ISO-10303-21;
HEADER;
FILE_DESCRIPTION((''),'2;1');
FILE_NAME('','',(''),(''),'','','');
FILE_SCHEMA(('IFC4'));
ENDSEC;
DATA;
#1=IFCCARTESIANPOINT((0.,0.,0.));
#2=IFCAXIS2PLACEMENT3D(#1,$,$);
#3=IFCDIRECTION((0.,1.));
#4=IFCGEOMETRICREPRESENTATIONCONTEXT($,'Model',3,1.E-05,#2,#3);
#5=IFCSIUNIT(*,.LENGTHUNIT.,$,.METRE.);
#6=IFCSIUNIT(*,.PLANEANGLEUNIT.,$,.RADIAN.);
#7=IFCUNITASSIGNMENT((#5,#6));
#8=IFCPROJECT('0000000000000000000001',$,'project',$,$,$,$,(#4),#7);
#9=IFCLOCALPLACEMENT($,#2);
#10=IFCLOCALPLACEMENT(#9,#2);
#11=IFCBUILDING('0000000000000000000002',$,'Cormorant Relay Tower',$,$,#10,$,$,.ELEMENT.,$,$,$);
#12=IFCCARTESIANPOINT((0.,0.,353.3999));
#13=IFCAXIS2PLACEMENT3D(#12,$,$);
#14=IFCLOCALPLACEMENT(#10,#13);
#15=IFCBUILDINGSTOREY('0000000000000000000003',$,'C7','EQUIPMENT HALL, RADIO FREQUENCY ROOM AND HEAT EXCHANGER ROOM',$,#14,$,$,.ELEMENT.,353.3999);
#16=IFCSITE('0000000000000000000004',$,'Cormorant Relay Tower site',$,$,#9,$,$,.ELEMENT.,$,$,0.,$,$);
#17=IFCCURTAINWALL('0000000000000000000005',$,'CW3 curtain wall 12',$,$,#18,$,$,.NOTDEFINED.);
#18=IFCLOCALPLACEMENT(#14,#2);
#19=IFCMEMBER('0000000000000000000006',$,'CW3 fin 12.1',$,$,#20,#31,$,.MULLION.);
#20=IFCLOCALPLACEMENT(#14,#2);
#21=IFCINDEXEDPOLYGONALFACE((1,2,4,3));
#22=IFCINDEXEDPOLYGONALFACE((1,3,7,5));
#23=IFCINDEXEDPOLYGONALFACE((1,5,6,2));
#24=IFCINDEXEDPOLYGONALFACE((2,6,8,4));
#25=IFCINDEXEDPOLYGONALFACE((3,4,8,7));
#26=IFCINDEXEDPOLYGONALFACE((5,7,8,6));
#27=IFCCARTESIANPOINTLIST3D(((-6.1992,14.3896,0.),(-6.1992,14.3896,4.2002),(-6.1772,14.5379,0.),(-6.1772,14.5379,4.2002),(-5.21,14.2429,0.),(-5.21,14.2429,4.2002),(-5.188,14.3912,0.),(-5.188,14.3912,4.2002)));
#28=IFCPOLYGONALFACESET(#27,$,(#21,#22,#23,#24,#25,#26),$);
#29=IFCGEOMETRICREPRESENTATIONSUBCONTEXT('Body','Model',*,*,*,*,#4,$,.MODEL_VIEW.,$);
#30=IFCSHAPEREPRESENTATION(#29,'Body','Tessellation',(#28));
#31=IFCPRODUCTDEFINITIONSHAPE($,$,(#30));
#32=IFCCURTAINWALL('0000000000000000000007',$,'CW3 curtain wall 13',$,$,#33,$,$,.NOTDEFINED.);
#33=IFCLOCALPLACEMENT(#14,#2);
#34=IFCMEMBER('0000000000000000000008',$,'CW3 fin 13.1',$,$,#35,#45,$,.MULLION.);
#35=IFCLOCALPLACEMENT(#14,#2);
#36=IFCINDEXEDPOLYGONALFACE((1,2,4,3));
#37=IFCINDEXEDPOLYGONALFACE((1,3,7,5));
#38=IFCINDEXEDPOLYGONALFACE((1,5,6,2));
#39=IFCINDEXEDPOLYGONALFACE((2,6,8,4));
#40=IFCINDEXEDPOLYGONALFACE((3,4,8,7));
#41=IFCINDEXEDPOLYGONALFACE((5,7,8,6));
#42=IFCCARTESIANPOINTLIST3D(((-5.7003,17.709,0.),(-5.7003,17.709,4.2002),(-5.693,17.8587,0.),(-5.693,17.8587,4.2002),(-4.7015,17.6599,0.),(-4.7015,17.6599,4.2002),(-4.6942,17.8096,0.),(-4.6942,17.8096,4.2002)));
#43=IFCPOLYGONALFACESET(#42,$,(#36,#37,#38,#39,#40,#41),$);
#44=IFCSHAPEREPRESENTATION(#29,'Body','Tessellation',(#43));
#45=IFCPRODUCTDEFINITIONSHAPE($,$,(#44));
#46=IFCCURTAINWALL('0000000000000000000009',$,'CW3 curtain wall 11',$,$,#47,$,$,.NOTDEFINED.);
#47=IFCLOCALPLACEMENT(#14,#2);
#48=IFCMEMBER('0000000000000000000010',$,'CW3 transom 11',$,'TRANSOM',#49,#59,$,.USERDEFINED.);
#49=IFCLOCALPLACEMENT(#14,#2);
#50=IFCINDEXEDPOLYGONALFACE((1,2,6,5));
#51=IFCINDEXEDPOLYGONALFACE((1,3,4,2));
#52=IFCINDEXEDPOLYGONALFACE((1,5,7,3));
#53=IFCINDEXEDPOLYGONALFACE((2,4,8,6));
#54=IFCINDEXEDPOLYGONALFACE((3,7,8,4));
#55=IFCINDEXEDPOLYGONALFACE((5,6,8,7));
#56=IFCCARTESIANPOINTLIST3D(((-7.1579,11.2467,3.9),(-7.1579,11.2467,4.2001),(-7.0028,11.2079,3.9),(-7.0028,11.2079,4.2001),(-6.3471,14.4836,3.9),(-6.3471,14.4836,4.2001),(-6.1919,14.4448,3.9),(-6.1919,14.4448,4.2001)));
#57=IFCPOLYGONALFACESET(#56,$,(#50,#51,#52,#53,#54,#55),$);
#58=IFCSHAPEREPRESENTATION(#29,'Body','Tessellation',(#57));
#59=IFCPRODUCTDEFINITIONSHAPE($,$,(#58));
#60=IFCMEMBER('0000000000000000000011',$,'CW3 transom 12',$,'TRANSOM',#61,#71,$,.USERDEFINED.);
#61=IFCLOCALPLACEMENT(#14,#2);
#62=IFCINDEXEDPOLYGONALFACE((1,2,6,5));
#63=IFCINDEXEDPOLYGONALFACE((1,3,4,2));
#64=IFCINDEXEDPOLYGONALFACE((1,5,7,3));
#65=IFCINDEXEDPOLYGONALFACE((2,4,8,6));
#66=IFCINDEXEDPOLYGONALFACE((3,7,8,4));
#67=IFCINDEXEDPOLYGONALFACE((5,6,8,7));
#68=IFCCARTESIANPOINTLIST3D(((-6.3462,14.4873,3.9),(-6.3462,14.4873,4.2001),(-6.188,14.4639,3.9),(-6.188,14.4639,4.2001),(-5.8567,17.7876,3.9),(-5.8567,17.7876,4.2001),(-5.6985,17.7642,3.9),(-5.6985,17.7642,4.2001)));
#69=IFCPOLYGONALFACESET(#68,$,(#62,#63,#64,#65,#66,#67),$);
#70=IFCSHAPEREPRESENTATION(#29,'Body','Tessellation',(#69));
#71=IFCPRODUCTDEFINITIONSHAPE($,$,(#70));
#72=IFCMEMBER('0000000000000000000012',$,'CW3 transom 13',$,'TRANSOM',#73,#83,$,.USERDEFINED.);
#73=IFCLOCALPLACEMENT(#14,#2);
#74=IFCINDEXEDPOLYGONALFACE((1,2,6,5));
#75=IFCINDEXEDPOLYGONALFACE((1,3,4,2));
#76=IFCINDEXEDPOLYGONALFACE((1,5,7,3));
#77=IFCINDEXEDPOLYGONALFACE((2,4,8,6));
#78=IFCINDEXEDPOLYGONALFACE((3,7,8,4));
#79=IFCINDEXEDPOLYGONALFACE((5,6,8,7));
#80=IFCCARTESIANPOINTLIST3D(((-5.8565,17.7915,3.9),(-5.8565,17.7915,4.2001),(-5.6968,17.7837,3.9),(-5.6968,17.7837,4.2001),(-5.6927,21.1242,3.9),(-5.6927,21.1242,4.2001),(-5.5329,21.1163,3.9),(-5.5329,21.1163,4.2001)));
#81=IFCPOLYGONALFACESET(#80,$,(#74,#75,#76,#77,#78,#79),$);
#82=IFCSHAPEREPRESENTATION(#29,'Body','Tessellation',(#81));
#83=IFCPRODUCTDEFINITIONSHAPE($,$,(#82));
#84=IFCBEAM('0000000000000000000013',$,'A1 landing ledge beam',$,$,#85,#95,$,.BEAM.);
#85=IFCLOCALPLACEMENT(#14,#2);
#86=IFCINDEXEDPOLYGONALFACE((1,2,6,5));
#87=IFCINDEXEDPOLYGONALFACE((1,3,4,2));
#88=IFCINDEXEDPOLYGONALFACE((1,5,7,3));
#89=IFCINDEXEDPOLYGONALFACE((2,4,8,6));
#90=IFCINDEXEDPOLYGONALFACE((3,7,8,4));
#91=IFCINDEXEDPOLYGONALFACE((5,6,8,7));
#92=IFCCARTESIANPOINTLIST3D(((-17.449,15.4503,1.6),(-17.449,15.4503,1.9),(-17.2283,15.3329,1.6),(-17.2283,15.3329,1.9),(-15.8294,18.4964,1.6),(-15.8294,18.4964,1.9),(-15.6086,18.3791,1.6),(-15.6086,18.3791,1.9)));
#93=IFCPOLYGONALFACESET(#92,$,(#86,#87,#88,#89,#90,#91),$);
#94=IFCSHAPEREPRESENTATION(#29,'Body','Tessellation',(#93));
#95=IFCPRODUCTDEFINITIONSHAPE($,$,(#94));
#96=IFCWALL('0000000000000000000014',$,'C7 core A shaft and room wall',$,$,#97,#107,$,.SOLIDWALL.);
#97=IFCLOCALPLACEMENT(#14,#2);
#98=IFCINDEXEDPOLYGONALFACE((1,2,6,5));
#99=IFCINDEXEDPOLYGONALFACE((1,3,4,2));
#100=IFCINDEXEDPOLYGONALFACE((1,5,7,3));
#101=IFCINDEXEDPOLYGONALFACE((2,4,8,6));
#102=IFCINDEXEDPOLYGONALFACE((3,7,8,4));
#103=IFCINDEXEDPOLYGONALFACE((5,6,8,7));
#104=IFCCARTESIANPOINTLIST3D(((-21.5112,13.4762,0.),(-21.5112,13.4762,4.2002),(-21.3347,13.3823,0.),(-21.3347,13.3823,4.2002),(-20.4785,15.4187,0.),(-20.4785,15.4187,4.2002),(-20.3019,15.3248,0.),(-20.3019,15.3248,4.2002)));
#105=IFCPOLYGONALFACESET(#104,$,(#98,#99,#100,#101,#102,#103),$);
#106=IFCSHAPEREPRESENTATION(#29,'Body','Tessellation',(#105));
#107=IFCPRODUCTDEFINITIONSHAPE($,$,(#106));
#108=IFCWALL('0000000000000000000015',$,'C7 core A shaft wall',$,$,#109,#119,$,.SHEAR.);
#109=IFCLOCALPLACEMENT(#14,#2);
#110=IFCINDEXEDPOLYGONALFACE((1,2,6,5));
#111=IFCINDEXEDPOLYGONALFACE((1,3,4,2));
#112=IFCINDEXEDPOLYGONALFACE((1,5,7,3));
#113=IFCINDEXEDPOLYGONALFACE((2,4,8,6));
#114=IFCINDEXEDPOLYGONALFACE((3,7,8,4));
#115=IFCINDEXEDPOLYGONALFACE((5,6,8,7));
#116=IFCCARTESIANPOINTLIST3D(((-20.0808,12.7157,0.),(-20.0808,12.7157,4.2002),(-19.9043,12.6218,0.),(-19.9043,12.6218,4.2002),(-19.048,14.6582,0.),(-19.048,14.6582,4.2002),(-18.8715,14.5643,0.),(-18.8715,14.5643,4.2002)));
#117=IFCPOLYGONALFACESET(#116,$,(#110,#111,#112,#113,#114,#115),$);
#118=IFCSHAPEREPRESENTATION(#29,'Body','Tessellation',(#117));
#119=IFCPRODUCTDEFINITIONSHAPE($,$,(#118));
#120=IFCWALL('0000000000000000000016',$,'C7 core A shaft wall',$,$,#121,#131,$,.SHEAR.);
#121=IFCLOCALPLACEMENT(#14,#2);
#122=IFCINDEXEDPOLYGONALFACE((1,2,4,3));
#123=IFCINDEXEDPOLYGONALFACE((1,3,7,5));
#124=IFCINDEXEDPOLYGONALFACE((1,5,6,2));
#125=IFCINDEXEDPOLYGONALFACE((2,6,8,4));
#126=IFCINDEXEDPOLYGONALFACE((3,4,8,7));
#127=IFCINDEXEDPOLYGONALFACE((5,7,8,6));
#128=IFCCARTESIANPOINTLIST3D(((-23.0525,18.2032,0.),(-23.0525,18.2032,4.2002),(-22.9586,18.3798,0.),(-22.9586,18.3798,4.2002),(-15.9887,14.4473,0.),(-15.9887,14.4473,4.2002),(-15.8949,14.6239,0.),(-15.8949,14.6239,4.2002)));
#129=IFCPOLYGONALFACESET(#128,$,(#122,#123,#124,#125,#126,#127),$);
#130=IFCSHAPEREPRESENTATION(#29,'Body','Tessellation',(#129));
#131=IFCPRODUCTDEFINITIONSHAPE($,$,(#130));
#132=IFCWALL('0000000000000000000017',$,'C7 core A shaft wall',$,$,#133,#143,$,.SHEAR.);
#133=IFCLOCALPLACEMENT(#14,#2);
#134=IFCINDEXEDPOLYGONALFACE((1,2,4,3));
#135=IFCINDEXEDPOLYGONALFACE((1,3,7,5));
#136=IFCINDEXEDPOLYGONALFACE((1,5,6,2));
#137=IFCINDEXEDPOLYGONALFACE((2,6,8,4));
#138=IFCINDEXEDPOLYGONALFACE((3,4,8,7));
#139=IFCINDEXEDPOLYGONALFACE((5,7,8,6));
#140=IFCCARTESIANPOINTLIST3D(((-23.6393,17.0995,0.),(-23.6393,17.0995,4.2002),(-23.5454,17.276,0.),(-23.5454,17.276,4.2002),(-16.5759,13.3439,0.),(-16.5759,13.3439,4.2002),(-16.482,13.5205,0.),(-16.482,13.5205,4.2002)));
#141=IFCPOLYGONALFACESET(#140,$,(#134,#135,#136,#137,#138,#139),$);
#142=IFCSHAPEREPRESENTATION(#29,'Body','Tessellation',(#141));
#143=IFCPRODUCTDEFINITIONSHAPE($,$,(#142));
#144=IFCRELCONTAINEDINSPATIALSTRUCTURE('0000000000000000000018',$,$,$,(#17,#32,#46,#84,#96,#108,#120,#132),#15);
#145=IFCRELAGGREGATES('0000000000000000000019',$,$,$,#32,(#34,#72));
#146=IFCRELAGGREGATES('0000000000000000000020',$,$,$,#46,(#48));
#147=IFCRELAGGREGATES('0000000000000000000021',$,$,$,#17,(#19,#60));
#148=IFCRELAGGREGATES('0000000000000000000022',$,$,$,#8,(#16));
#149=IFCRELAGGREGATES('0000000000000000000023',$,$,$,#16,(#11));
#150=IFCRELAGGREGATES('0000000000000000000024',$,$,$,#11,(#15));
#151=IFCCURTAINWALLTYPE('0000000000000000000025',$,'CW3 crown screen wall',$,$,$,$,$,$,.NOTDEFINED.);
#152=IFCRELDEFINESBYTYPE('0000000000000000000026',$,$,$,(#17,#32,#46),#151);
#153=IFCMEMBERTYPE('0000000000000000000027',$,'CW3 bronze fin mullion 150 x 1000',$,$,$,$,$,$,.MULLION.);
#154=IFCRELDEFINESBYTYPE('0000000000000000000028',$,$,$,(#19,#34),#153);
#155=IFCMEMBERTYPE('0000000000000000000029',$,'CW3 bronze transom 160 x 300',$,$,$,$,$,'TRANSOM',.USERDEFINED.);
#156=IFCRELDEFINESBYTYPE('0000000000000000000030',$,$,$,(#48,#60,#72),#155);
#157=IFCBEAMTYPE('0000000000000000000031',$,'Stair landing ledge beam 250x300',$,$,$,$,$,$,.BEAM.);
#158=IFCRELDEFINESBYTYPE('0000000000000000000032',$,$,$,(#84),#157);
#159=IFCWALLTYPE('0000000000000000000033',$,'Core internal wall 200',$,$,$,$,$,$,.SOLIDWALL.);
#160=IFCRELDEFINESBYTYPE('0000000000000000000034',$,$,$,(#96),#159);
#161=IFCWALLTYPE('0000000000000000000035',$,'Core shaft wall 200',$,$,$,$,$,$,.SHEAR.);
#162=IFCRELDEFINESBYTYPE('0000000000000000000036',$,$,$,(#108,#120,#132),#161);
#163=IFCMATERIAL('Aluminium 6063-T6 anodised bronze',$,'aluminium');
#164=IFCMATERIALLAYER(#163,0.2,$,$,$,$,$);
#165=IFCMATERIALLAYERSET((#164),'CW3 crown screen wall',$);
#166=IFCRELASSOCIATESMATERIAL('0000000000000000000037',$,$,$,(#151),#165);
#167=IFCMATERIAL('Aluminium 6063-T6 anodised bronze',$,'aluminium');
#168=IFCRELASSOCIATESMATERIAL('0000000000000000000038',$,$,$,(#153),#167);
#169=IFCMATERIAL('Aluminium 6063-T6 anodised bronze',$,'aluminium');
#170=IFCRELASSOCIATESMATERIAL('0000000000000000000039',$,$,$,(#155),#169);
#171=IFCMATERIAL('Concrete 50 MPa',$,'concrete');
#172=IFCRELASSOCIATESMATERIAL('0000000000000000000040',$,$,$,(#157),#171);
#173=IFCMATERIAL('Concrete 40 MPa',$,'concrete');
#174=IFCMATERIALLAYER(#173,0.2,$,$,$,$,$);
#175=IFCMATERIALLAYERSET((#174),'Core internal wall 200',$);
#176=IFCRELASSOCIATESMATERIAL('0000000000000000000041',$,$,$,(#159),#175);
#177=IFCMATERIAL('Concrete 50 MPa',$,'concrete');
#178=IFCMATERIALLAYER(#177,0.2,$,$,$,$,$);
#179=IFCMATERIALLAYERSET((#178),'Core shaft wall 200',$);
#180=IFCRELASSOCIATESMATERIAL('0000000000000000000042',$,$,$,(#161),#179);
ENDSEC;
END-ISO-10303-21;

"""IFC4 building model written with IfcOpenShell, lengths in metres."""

from ifc_helpers import new_model, si_unit, direction, frame, frame_2d, origin, origin_2d, place, context, subcontext, project, spatial, rectangle, extrude, material, layer, layer_set, material_profile, profile_set, type_object, element, aggregate, save


model = new_model("IFC4")

# Units and contexts
model_context = context("Model", 3, precision=1e-05, world=origin(), true_north=direction((0.0, 1.0)))
body_context = subcontext(model_context, "Body", "Model", "MODEL_VIEW")
ifc_project = project(units=[si_unit("LENGTHUNIT", "METRE"), si_unit("PLANEANGLEUNIT", "RADIAN")], contexts=[model_context])

# Site, building, storey
site_placement = place(None, origin())
site = spatial("IfcSite", under=ifc_project, at=site_placement, Name="Cormorant Relay Tower site", CompositionType="ELEMENT", RefElevation=0.0)
building_placement = place(site_placement, origin())
building = spatial("IfcBuilding", under=site, at=building_placement, Name="Cormorant Relay Tower", CompositionType="ELEMENT")
storey_placement = place(building_placement, frame((0.0, 0.0, 353.3999)))
storey = spatial("IfcBuildingStorey", under=building, at=storey_placement, Name="C7", Description="EQUIPMENT HALL, RADIO FREQUENCY ROOM AND HEAT EXCHANGER ROOM", CompositionType="ELEMENT", Elevation=353.3999)

# Curtain walls, members
ifc_material_1 = material(Name="Aluminium 6063-T6 anodised bronze", Category="aluminium")
ifc_layer_1 = layer(ifc_material_1, 0.2)
ifc_layer_set_1 = layer_set([ifc_layer_1], Name="CW3 crown screen wall")
curtain_wall_type = type_object("IfcCurtainWallType", Name="CW3 crown screen wall", PredefinedType="NOTDEFINED", material=ifc_layer_set_1)
curtain_wall_1_placement = place(storey_placement, origin())
curtain_wall_1 = element("IfcCurtainWall", 1, at=curtain_wall_1_placement, inside=storey, type_object=curtain_wall_type, Name="CW3 curtain wall 12", PredefinedType="NOTDEFINED")
ifc_material_2 = material(Name="Aluminium 6063-T6 anodised bronze", Category="aluminium")
ifc_material_profile_1 = material_profile(ifc_material_2, rectangle(XDim=0.1499, YDim=1.0, at=origin_2d()), Name="AL 150x1000")
ifc_profile_set_1 = profile_set([ifc_material_profile_1], Name="Aluminium 6063-T6 anodised bronze")
member_type_1 = type_object("IfcMemberType", Name="CW3 bronze fin mullion 150 x 1000", PredefinedType="MULLION", material=ifc_profile_set_1)
member_1_placement = place(storey_placement, frame((-5.6936, 14.3904, 0.0), z_axis=(0.0, 0.0, 1.0), x_axis=(0.14673, 0.989177, 0.0)))
member_1 = element("IfcMember", 2, at=member_1_placement, type_object=member_type_1, Name="CW3 fin 12.1", PredefinedType="MULLION", context=body_context, shape_type="SweptSolid", body=[
    extrude(rectangle(XDim=0.1499, YDim=1.0, at=origin_2d()), origin(), (0.0, 0.0, 1.0), 4.2002),
])
curtain_wall_2_placement = place(storey_placement, origin())
curtain_wall_2 = element("IfcCurtainWall", 3, at=curtain_wall_2_placement, inside=storey, type_object=curtain_wall_type, Name="CW3 curtain wall 13", PredefinedType="NOTDEFINED")
member_2_placement = place(storey_placement, frame((-5.1973, 17.7593, 0.0), z_axis=(0.0, 0.0, 1.0), x_axis=(0.049068, 0.998795, 0.0)))
member_2 = element("IfcMember", 4, at=member_2_placement, type_object=member_type_1, Name="CW3 fin 13.1", PredefinedType="MULLION", context=body_context, shape_type="SweptSolid", body=[
    extrude(rectangle(XDim=0.1499, YDim=1.0, at=origin_2d()), origin(), (0.0, 0.0, 1.0), 4.2002),
])
curtain_wall_3_placement = place(storey_placement, origin())
curtain_wall_3 = element("IfcCurtainWall", 5, at=curtain_wall_3_placement, inside=storey, type_object=curtain_wall_type, Name="CW3 curtain wall 11", PredefinedType="NOTDEFINED")
ifc_material_3 = material(Name="Aluminium 6063-T6 anodised bronze", Category="aluminium")
ifc_material_profile_2 = material_profile(ifc_material_3, rectangle(XDim=0.1599, YDim=0.3, at=origin_2d()), Name="AL 160x300")
ifc_profile_set_2 = profile_set([ifc_material_profile_2], Name="Aluminium 6063-T6 anodised bronze")
member_type_2 = type_object("IfcMemberType", Name="CW3 bronze transom 160 x 300", ElementType="TRANSOM", PredefinedType="USERDEFINED", material=ifc_profile_set_2)
member_3_placement = place(storey_placement, frame((-7.0803, 11.2273, 4.05), z_axis=(0.242983, 0.97003, 0.0), x_axis=(-0.97003, 0.242983, 0.0)))
member_3 = element("IfcMember", 6, at=member_3_placement, type_object=member_type_2, Name="CW3 transom 11", ObjectType="TRANSOM", PredefinedType="USERDEFINED", context=body_context, shape_type="SweptSolid", body=[
    extrude(rectangle(XDim=0.1599, YDim=0.3, at=origin_2d()), origin(), (0.0, 0.0, 1.0), 3.3369),
])

# Members
member_4_placement = place(storey_placement, frame((-6.2671, 14.4756, 4.05), z_axis=(0.146716, 0.989179, 0.0), x_axis=(-0.989179, 0.146716, 0.0)))
member_4 = element("IfcMember", 7, at=member_4_placement, type_object=member_type_2, Name="CW3 transom 12", ObjectType="TRANSOM", PredefinedType="USERDEFINED", context=body_context, shape_type="SweptSolid", body=[
    extrude(rectangle(XDim=0.1599, YDim=0.3, at=origin_2d()), origin(), (0.0, 0.0, 1.0), 3.3364),
])
member_5_placement = place(storey_placement, frame((-5.7766, 17.7876, 4.05), z_axis=(0.049095, 0.998794, 0.0), x_axis=(-0.998794, 0.049095, 0.0)))
member_5 = element("IfcMember", 8, at=member_5_placement, type_object=member_type_2, Name="CW3 transom 13", ObjectType="TRANSOM", PredefinedType="USERDEFINED", context=body_context, shape_type="SweptSolid", body=[
    extrude(rectangle(XDim=0.1599, YDim=0.3, at=origin_2d()), origin(), (0.0, 0.0, 1.0), 3.3367),
])
aggregate(curtain_wall_2, [member_2, member_5])

# Beam
ifc_material_4 = material(Name="Concrete 50 MPa", Category="concrete")
ifc_material_profile_3 = material_profile(ifc_material_4, rectangle(XDim=0.25, YDim=0.3, at=origin_2d()), Name="RC 250x300")
ifc_profile_set_3 = profile_set([ifc_material_profile_3], Name="Concrete 50 MPa")
beam_type = type_object("IfcBeamType", Name="Stair landing ledge beam 250x300", PredefinedType="BEAM", material=ifc_profile_set_3)
beam_placement = place(storey_placement, frame((-17.3386, 15.3916, 1.75), z_axis=(0.469464, 0.882952, 0.0), x_axis=(-0.882952, 0.469464, 0.0)))
element("IfcBeam", 9, at=beam_placement, inside=storey, type_object=beam_type, Name="A1 landing ledge beam", PredefinedType="BEAM", context=body_context, shape_type="SweptSolid", body=[
    extrude(rectangle(XDim=0.25, YDim=0.3, at=origin_2d()), origin(), (0.0, 0.0, 1.0), 3.45),
])

# Walls
ifc_material_5 = material(Name="Concrete 40 MPa", Category="concrete")
ifc_layer_2 = layer(ifc_material_5, 0.2)
ifc_layer_set_2 = layer_set([ifc_layer_2], Name="Core internal wall 200")
wall_type_1 = type_object("IfcWallType", Name="Core internal wall 200", PredefinedType="SOLIDWALL", material=ifc_layer_set_2)
wall_1_placement = place(storey_placement, frame((-20.3901, 15.3718, 0.0), z_axis=(0.0, 0.0, 1.0), x_axis=(-0.469447, -0.88296, 0.0)))
element("IfcWall", 10, at=wall_1_placement, inside=storey, type_object=wall_type_1, Name="C7 core A shaft and room wall", PredefinedType="SOLIDWALL", context=body_context, shape_type="SweptSolid", body=[
    extrude(rectangle(XDim=2.2, YDim=0.2, at=frame_2d((1.1001, 0.0))), origin(), (0.0, 0.0, 1.0), 4.2002),
])
ifc_material_6 = material(Name="Concrete 50 MPa", Category="concrete")
ifc_layer_3 = layer(ifc_material_6, 0.2)
ifc_layer_set_3 = layer_set([ifc_layer_3], Name="Core shaft wall 200")
wall_type_2 = type_object("IfcWallType", Name="Core shaft wall 200", PredefinedType="SHEAR", material=ifc_layer_set_3)
wall_2_placement = place(storey_placement, frame((-18.9597, 14.6113, 0.0), z_axis=(0.0, 0.0, 1.0), x_axis=(-0.469447, -0.88296, 0.0)))
element("IfcWall", 11, at=wall_2_placement, inside=storey, type_object=wall_type_2, Name="C7 core A shaft wall", PredefinedType="SHEAR", context=body_context, shape_type="SweptSolid", body=[
    extrude(rectangle(XDim=2.2, YDim=0.2, at=frame_2d((1.1001, 0.0))), origin(), (0.0, 0.0, 1.0), 4.2002),
])
wall_3_placement = place(storey_placement, frame((-15.9419, 14.5356, 0.0), z_axis=(0.0, 0.0, 1.0), x_axis=(-0.882947, 0.469473, 0.0)))
element("IfcWall", 12, at=wall_3_placement, inside=storey, type_object=wall_type_2, Name="C7 core A shaft wall", PredefinedType="SHEAR", context=body_context, shape_type="SweptSolid", body=[
    extrude(rectangle(XDim=8.0002, YDim=0.2, at=frame_2d((4.0, 0.0))), origin(), (0.0, 0.0, 1.0), 4.2002),
])
wall_4_placement = place(storey_placement, frame((-16.5288, 13.4321, 0.0), z_axis=(0.0, 0.0, 1.0), x_axis=(-0.882953, 0.469462, 0.0)))
element("IfcWall", 13, at=wall_4_placement, inside=storey, type_object=wall_type_2, Name="C7 core A shaft wall", PredefinedType="SHEAR", context=body_context, shape_type="SweptSolid", body=[
    extrude(rectangle(XDim=7.9998, YDim=0.2, at=frame_2d((4.0, 0.0))), origin(), (0.0, 0.0, 1.0), 4.2002),
])

aggregate(curtain_wall_3, [member_3])
aggregate(curtain_wall_1, [member_1, member_4])

save(model, "model.ifc")
